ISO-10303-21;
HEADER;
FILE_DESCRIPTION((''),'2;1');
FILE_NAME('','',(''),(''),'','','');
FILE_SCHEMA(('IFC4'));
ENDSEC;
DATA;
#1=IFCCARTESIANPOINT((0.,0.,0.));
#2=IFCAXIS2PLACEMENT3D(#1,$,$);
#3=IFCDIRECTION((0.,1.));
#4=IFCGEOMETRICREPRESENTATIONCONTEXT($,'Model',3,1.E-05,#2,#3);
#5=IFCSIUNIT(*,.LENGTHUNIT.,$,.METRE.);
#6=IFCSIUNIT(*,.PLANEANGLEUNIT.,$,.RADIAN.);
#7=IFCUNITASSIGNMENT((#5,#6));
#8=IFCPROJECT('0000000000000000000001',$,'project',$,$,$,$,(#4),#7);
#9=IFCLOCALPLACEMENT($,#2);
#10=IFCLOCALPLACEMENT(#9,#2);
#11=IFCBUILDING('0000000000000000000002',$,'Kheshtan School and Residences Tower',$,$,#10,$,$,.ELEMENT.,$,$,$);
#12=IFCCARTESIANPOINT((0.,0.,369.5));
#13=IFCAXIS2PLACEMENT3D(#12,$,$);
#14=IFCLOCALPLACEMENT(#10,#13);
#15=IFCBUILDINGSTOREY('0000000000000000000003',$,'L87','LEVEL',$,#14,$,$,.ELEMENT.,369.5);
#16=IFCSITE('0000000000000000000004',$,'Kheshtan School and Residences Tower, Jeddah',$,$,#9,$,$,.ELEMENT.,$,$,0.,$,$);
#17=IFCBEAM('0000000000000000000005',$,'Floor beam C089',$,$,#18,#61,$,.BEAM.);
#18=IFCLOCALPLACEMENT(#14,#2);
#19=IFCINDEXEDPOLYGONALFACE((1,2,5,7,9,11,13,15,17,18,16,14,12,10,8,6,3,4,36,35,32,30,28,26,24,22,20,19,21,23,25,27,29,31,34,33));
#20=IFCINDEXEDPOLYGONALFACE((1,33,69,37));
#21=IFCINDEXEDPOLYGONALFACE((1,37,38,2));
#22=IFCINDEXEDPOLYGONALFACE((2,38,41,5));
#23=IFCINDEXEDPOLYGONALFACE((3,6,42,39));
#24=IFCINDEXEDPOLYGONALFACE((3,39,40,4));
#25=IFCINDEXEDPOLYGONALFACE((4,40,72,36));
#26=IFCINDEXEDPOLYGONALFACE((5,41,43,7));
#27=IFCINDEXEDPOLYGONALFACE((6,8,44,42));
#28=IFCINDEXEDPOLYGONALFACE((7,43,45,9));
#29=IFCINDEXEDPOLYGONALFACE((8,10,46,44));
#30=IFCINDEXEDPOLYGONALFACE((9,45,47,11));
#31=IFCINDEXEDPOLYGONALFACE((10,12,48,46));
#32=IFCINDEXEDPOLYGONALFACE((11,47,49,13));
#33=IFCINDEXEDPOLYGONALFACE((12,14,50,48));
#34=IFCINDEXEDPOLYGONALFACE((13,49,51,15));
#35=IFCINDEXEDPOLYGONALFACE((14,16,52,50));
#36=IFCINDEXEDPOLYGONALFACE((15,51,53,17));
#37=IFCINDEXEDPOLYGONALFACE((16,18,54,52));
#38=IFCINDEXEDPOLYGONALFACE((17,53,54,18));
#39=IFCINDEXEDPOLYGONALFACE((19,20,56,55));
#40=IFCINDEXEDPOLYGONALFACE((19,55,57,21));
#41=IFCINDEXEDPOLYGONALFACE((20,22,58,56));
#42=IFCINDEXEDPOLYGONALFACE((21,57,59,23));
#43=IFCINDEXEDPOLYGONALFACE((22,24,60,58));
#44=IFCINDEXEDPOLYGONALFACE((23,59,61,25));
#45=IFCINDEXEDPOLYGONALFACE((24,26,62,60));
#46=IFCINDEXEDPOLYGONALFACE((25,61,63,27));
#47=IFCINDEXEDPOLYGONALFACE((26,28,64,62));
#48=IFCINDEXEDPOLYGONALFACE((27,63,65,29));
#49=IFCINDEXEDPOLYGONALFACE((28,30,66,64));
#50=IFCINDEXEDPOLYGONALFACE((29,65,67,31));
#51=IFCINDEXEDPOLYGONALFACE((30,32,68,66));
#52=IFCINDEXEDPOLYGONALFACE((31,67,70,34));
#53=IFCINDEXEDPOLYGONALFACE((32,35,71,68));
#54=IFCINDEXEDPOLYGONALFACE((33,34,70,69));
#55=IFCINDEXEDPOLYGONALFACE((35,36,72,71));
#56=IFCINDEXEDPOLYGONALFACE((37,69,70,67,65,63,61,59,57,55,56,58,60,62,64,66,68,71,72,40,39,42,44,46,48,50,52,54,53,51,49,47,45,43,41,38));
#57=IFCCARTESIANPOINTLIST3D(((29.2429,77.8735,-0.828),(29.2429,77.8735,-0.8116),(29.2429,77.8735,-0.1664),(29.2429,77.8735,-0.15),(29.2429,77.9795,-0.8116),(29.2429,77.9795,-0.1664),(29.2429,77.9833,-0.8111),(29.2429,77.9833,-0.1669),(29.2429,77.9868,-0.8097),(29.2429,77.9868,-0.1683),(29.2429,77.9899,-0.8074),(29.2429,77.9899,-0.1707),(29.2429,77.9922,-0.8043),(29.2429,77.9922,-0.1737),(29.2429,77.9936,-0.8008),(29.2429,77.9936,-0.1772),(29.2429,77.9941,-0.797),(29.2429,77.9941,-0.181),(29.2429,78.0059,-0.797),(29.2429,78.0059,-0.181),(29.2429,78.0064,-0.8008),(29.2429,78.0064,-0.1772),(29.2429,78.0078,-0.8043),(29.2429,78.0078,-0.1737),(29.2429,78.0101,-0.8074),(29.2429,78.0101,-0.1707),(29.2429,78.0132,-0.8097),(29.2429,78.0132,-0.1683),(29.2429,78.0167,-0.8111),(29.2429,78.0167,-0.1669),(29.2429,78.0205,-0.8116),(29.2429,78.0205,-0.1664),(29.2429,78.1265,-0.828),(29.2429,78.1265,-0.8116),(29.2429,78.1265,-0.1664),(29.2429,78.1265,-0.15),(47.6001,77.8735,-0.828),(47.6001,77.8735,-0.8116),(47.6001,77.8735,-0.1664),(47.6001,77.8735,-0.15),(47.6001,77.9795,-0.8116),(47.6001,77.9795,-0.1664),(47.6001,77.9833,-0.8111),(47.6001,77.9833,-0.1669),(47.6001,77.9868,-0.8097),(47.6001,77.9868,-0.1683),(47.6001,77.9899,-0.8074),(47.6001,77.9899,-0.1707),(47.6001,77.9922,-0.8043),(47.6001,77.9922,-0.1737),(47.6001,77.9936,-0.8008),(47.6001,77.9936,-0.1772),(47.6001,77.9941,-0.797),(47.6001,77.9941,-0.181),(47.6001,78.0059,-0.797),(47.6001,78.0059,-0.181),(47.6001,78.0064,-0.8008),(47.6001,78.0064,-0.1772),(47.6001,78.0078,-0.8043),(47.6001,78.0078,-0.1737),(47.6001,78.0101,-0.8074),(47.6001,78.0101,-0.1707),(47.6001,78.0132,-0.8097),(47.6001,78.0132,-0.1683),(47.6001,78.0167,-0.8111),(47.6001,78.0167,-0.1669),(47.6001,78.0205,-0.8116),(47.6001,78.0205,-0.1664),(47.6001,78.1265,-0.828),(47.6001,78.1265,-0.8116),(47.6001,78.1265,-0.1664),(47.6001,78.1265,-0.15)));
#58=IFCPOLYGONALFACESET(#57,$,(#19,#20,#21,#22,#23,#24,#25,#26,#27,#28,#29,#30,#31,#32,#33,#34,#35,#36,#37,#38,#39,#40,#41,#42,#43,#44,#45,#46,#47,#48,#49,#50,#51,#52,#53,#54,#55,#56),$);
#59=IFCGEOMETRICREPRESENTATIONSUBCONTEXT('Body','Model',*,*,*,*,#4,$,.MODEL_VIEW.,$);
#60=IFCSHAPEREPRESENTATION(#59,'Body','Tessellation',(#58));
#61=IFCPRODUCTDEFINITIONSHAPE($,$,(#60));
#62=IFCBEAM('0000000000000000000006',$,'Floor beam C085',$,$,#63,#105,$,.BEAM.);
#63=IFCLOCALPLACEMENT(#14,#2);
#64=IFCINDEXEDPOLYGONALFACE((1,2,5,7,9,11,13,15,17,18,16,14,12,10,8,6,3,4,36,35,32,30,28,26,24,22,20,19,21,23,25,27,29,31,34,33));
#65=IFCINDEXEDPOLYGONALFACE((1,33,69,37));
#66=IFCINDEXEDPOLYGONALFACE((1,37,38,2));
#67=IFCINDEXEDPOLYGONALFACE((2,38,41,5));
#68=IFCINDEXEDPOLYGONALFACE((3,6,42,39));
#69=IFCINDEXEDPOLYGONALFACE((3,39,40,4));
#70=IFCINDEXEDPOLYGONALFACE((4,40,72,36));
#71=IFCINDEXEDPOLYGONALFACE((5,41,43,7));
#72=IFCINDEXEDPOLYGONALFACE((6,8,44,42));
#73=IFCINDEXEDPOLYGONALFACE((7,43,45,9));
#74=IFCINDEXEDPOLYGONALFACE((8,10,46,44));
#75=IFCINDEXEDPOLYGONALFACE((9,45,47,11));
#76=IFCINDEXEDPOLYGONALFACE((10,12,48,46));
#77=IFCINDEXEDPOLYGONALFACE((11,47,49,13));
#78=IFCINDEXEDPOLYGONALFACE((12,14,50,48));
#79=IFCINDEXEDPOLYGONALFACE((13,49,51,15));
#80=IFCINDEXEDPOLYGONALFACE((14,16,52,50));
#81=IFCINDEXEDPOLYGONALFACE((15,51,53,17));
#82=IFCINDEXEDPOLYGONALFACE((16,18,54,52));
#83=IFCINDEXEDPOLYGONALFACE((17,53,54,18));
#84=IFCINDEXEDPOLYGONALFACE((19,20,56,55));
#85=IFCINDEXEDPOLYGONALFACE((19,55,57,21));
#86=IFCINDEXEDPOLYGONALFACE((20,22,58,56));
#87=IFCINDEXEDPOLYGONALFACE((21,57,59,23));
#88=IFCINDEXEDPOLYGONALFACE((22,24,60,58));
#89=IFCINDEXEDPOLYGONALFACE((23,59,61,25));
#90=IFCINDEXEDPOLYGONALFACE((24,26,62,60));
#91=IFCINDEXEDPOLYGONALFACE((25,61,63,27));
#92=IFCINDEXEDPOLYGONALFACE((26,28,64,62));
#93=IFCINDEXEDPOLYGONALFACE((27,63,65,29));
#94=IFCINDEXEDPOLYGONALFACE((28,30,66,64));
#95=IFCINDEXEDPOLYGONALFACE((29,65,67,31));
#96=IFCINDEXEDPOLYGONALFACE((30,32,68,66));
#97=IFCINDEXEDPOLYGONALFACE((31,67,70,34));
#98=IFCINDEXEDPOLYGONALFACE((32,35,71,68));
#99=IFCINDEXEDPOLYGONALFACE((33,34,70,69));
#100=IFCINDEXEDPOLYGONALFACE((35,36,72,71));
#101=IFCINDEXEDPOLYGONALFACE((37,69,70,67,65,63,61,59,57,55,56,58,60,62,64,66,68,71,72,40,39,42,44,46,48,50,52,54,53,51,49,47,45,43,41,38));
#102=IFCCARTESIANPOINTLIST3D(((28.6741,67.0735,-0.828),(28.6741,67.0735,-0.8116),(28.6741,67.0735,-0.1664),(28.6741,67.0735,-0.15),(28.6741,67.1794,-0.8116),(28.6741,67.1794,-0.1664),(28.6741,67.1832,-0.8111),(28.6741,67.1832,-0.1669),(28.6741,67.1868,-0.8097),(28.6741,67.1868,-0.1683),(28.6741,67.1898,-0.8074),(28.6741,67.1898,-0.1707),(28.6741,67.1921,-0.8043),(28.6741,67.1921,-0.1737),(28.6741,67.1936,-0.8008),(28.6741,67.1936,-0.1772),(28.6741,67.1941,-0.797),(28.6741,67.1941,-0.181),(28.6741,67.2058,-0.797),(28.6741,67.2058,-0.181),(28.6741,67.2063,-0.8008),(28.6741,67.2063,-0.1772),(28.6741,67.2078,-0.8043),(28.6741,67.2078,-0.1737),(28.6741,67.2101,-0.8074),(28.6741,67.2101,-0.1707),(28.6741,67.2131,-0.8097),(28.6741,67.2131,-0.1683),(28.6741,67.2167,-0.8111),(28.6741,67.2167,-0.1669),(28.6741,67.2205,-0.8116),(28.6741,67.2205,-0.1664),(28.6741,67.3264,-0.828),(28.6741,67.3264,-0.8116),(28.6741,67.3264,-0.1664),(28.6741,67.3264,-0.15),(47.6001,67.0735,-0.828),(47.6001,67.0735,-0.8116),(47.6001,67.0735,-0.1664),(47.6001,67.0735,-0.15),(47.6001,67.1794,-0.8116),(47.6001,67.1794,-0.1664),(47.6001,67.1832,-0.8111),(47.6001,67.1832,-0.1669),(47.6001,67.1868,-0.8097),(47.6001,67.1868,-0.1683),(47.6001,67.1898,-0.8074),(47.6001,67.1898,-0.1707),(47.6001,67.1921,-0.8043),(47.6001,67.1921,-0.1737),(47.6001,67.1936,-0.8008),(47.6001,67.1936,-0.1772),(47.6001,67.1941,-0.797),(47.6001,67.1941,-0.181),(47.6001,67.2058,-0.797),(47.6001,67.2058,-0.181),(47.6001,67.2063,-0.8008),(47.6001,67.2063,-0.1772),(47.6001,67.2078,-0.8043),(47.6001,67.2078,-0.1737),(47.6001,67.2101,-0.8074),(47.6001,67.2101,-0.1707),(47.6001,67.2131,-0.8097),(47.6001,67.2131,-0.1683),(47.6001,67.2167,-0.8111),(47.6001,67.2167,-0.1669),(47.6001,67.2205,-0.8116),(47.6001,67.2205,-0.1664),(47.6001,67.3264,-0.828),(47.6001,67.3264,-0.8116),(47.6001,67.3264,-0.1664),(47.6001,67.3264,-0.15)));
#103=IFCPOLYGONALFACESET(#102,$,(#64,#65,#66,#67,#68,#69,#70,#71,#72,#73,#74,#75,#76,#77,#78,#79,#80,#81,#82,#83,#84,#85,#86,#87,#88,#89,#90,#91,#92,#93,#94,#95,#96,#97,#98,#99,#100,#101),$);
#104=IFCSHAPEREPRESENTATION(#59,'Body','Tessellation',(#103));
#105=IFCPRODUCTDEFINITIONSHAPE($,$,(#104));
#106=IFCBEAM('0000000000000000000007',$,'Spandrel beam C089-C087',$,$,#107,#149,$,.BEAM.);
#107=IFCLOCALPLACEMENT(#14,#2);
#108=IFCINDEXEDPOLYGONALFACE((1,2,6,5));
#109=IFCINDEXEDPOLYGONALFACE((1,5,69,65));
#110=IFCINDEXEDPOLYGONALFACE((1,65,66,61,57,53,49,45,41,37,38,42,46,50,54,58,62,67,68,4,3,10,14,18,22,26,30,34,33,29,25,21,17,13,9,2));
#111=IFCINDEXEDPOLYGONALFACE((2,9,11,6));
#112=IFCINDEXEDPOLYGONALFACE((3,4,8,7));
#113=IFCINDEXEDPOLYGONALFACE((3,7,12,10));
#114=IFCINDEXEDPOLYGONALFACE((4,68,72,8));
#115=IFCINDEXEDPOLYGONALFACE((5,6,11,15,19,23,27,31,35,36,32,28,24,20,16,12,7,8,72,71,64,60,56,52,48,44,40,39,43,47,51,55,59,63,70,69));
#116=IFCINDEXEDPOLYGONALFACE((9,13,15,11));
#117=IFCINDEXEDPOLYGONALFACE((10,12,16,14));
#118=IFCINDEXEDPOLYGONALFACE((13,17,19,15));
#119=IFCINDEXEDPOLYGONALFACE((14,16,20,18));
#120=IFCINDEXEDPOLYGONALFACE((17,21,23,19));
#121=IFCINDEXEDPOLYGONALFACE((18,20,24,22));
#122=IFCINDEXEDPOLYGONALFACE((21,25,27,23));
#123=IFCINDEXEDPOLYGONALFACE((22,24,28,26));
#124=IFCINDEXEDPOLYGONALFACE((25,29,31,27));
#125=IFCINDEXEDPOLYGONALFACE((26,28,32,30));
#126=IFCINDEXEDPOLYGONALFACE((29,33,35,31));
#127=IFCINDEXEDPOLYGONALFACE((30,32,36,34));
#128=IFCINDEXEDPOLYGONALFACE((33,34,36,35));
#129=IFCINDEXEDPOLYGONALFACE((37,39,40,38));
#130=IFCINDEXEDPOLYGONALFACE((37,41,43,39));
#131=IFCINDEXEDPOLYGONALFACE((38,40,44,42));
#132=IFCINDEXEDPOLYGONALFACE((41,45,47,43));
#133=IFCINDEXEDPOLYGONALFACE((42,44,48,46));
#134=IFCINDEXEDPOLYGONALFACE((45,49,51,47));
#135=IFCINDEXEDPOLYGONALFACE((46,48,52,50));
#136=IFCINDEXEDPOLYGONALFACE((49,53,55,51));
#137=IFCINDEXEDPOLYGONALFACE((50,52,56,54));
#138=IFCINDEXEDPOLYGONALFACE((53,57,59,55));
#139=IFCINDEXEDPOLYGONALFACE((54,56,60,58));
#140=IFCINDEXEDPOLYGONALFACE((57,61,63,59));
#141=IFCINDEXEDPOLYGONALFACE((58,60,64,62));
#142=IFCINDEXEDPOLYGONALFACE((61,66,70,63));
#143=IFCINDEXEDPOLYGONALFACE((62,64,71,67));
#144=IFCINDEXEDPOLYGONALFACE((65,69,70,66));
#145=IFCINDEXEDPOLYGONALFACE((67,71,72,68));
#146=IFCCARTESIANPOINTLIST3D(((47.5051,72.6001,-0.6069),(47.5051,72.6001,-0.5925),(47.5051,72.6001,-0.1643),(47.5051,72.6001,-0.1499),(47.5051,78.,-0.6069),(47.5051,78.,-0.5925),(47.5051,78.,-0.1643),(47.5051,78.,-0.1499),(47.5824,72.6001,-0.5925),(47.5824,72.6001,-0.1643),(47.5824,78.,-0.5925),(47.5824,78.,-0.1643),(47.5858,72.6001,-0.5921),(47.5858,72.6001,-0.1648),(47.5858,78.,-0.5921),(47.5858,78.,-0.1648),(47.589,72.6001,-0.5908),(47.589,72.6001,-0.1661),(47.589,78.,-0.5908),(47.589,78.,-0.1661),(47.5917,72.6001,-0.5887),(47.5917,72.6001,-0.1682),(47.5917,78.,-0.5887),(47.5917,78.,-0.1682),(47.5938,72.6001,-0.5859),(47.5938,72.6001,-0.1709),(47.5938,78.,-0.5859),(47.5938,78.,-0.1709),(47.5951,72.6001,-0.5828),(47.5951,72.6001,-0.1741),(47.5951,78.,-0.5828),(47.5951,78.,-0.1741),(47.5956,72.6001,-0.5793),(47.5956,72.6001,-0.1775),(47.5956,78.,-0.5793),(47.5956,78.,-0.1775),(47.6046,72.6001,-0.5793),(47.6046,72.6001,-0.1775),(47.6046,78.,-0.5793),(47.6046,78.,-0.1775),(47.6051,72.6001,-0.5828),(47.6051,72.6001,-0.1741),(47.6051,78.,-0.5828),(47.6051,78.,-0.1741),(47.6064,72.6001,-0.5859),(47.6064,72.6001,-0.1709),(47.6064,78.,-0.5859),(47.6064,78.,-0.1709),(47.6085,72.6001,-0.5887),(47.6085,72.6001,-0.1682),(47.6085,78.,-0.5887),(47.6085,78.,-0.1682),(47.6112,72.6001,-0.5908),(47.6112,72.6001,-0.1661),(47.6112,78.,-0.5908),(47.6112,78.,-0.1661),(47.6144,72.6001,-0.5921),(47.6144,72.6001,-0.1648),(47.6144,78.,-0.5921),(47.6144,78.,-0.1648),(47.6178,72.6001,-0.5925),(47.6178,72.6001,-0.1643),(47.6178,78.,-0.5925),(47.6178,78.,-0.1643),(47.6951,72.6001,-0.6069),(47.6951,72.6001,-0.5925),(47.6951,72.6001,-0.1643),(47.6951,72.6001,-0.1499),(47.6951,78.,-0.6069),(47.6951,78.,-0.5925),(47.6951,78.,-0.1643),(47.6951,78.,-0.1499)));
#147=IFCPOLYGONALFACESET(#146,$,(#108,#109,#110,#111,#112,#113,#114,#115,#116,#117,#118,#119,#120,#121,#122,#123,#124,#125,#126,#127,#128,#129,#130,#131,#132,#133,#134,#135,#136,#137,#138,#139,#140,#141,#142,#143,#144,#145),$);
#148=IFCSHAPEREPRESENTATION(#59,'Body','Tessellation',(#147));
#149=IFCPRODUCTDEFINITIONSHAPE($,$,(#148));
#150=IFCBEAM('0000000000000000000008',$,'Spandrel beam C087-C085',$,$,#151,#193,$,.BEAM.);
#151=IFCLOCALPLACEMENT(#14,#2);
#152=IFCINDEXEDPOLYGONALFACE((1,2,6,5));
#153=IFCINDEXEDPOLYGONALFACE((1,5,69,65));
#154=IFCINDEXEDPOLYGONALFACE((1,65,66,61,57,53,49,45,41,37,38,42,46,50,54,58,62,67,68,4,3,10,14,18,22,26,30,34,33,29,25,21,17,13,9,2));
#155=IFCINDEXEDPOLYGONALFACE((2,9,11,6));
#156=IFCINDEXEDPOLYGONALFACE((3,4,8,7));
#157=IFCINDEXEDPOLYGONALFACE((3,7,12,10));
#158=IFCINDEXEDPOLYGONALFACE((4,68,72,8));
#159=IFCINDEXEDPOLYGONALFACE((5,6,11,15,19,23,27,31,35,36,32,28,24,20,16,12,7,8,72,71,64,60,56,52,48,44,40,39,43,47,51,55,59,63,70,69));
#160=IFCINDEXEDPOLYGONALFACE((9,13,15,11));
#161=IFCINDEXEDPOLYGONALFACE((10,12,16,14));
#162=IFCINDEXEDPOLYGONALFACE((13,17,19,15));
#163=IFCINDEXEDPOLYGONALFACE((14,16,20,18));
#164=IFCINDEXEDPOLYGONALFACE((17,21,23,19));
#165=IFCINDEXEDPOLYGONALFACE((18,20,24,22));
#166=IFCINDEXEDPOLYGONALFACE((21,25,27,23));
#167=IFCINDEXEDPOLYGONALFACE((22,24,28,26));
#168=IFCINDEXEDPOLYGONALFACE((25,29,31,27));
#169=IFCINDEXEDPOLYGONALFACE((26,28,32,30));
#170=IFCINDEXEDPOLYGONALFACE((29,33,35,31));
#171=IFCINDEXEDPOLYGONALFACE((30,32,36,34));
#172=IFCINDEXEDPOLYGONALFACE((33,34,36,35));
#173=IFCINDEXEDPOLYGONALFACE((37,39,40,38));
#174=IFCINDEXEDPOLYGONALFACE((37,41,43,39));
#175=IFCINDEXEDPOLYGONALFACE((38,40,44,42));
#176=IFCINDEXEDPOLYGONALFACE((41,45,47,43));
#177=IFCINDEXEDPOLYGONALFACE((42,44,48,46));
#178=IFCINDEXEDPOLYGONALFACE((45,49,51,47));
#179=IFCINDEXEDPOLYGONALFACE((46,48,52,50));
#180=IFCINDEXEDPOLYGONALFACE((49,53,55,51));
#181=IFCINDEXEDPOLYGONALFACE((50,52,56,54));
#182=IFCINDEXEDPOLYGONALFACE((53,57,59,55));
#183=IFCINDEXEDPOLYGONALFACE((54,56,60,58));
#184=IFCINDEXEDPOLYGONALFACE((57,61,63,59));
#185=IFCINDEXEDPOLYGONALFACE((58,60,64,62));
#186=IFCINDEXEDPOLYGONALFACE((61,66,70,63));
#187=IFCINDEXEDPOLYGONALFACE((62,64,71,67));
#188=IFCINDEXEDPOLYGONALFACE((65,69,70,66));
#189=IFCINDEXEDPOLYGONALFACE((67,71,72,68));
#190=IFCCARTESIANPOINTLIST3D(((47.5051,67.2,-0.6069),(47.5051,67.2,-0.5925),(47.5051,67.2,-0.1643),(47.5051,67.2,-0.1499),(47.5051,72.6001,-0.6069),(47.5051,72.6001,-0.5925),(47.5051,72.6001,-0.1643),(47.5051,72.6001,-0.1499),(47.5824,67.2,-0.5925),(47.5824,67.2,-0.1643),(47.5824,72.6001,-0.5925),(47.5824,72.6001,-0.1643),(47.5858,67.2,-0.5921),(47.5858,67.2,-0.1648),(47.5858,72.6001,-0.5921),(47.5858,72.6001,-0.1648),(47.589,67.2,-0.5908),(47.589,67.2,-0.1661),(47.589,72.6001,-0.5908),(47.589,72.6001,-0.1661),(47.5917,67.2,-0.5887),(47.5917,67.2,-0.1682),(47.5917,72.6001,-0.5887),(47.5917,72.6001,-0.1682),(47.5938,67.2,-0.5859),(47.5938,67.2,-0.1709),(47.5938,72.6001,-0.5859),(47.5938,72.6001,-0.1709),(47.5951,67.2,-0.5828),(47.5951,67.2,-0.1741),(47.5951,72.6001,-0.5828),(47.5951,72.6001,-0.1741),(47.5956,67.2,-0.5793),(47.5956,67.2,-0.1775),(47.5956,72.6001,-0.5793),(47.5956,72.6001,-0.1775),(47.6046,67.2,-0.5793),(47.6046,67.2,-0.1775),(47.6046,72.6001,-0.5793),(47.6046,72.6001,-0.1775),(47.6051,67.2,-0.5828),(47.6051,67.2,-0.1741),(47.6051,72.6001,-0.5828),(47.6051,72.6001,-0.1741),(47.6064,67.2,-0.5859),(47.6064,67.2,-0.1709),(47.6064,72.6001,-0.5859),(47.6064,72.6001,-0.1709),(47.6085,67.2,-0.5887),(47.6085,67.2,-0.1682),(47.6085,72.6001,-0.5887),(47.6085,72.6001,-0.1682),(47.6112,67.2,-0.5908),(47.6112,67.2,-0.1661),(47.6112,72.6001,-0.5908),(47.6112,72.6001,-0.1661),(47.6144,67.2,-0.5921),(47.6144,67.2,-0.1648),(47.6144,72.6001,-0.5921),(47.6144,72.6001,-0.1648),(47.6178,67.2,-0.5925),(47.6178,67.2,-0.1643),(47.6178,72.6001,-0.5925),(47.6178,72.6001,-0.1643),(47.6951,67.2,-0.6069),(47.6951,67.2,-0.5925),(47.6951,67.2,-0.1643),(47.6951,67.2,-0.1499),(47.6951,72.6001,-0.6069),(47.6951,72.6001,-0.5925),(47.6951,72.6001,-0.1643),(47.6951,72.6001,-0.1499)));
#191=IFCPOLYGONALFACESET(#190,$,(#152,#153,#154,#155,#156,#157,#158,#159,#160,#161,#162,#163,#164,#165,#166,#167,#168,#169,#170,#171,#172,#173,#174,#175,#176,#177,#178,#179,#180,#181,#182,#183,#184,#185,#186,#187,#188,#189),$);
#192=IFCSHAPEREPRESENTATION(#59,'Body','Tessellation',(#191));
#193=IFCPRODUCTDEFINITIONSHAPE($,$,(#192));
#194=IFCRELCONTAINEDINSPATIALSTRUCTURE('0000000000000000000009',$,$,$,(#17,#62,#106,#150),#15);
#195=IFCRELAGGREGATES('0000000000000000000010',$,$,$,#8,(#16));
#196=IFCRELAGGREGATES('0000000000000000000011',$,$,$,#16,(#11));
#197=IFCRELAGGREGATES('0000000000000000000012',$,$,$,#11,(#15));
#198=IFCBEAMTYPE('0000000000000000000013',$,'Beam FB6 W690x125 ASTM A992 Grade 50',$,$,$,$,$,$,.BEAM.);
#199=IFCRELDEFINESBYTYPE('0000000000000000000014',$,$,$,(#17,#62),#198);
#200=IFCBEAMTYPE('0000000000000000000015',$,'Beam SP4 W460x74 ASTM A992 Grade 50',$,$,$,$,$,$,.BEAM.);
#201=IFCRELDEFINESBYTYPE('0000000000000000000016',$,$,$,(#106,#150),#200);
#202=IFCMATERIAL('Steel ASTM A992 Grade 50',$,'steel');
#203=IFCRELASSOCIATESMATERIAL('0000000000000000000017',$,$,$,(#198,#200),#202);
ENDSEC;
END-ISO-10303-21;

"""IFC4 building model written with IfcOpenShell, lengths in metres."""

from ifc_helpers import new_model, si_unit, direction, frame, origin, origin_2d, place, context, subcontext, project, spatial, i_section, extrude, material, material_profile, profile_set, type_object, element, save


model = new_model("IFC4")

# Units and contexts
model_context = context("Model", 3, precision=1e-05, world=origin(), true_north=direction((0.0, 1.0)))
body_context = subcontext(model_context, "Body", "Model", "MODEL_VIEW")
ifc_project = project(units=[si_unit("LENGTHUNIT", "METRE"), si_unit("PLANEANGLEUNIT", "RADIAN")], contexts=[model_context])

# Site, building, storey
site_placement = place(None, origin())
site = spatial("IfcSite", under=ifc_project, at=site_placement, Name="Kheshtan School and Residences Tower, Jeddah", CompositionType="ELEMENT", RefElevation=0.0)
building_placement = place(site_placement, origin())
building = spatial("IfcBuilding", under=site, at=building_placement, Name="Kheshtan School and Residences Tower", CompositionType="ELEMENT")
storey_placement = place(building_placement, frame((0.0, 0.0, 369.5)))
storey = spatial("IfcBuildingStorey", under=building, at=storey_placement, Name="L87", Description="LEVEL", CompositionType="ELEMENT", Elevation=369.5)

# Shared definitions
ifc_material_1 = material(Name="Steel ASTM A992 Grade 50", Category="steel")

# Beams
ifc_material_profile_1 = material_profile(ifc_material_1, i_section(OverallWidth=0.2529, OverallDepth=0.678, WebThickness=0.0117, FlangeThickness=0.0164, FilletRadius=0.0146, at=origin_2d()), Name="W690x125")
ifc_profile_set_1 = profile_set([ifc_material_profile_1], Name="Steel ASTM A992 Grade 50")
beam_type_1 = type_object("IfcBeamType", Name="Beam FB6 W690x125 ASTM A992 Grade 50", PredefinedType="BEAM", material=ifc_profile_set_1)
beam_1_placement = place(storey_placement, frame((47.6001, 78.0, -0.489), z_axis=(-1.0, 0.0, 0.0), x_axis=(0.0, -1.0, 0.0)))
element("IfcBeam", 1, at=beam_1_placement, inside=storey, type_object=beam_type_1, Name="Floor beam C089", PredefinedType="BEAM", context=body_context, shape_type="SweptSolid", body=[
    extrude(i_section(OverallWidth=0.2529, OverallDepth=0.678, WebThickness=0.0117, FlangeThickness=0.0164, FilletRadius=0.0146, at=origin_2d()), origin(), (0.0, 0.0, 1.0), 18.3572),
])
beam_2_placement = place(storey_placement, frame((47.6001, 67.2, -0.489), z_axis=(-1.0, 0.0, 0.0), x_axis=(0.0, -1.0, 0.0)))
element("IfcBeam", 2, at=beam_2_placement, inside=storey, type_object=beam_type_1, Name="Floor beam C085", PredefinedType="BEAM", context=body_context, shape_type="SweptSolid", body=[
    extrude(i_section(OverallWidth=0.2529, OverallDepth=0.678, WebThickness=0.0117, FlangeThickness=0.0164, FilletRadius=0.0146, at=origin_2d()), origin(), (0.0, 0.0, 1.0), 18.926),
])
ifc_material_profile_2 = material_profile(ifc_material_1, i_section(OverallWidth=0.1899, OverallDepth=0.457, WebThickness=0.009, FlangeThickness=0.0144, FilletRadius=0.0132, at=origin_2d()), Name="W460x74")
ifc_profile_set_2 = profile_set([ifc_material_profile_2], Name="Steel ASTM A992 Grade 50")
beam_type_2 = type_object("IfcBeamType", Name="Beam SP4 W460x74 ASTM A992 Grade 50", PredefinedType="BEAM", material=ifc_profile_set_2)
beam_3_placement = place(storey_placement, frame((47.6001, 78.0, -0.3784), z_axis=(0.0, -1.0, 0.0), x_axis=(1.0, 0.0, 0.0)))
element("IfcBeam", 3, at=beam_3_placement, inside=storey, type_object=beam_type_2, Name="Spandrel beam C089-C087", PredefinedType="BEAM", context=body_context, shape_type="SweptSolid", body=[
    extrude(i_section(OverallWidth=0.1899, OverallDepth=0.457, WebThickness=0.009, FlangeThickness=0.0144, FilletRadius=0.0132, at=origin_2d()), origin(), (0.0, 0.0, 1.0), 5.3999),
])
beam_4_placement = place(storey_placement, frame((47.6001, 72.6001, -0.3784), z_axis=(0.0, -1.0, 0.0), x_axis=(1.0, 0.0, 0.0)))
element("IfcBeam", 4, at=beam_4_placement, inside=storey, type_object=beam_type_2, Name="Spandrel beam C087-C085", PredefinedType="BEAM", context=body_context, shape_type="SweptSolid", body=[
    extrude(i_section(OverallWidth=0.1899, OverallDepth=0.457, WebThickness=0.009, FlangeThickness=0.0144, FilletRadius=0.0132, at=origin_2d()), origin(), (0.0, 0.0, 1.0), 5.4001),
])

save(model, "model.ifc")
